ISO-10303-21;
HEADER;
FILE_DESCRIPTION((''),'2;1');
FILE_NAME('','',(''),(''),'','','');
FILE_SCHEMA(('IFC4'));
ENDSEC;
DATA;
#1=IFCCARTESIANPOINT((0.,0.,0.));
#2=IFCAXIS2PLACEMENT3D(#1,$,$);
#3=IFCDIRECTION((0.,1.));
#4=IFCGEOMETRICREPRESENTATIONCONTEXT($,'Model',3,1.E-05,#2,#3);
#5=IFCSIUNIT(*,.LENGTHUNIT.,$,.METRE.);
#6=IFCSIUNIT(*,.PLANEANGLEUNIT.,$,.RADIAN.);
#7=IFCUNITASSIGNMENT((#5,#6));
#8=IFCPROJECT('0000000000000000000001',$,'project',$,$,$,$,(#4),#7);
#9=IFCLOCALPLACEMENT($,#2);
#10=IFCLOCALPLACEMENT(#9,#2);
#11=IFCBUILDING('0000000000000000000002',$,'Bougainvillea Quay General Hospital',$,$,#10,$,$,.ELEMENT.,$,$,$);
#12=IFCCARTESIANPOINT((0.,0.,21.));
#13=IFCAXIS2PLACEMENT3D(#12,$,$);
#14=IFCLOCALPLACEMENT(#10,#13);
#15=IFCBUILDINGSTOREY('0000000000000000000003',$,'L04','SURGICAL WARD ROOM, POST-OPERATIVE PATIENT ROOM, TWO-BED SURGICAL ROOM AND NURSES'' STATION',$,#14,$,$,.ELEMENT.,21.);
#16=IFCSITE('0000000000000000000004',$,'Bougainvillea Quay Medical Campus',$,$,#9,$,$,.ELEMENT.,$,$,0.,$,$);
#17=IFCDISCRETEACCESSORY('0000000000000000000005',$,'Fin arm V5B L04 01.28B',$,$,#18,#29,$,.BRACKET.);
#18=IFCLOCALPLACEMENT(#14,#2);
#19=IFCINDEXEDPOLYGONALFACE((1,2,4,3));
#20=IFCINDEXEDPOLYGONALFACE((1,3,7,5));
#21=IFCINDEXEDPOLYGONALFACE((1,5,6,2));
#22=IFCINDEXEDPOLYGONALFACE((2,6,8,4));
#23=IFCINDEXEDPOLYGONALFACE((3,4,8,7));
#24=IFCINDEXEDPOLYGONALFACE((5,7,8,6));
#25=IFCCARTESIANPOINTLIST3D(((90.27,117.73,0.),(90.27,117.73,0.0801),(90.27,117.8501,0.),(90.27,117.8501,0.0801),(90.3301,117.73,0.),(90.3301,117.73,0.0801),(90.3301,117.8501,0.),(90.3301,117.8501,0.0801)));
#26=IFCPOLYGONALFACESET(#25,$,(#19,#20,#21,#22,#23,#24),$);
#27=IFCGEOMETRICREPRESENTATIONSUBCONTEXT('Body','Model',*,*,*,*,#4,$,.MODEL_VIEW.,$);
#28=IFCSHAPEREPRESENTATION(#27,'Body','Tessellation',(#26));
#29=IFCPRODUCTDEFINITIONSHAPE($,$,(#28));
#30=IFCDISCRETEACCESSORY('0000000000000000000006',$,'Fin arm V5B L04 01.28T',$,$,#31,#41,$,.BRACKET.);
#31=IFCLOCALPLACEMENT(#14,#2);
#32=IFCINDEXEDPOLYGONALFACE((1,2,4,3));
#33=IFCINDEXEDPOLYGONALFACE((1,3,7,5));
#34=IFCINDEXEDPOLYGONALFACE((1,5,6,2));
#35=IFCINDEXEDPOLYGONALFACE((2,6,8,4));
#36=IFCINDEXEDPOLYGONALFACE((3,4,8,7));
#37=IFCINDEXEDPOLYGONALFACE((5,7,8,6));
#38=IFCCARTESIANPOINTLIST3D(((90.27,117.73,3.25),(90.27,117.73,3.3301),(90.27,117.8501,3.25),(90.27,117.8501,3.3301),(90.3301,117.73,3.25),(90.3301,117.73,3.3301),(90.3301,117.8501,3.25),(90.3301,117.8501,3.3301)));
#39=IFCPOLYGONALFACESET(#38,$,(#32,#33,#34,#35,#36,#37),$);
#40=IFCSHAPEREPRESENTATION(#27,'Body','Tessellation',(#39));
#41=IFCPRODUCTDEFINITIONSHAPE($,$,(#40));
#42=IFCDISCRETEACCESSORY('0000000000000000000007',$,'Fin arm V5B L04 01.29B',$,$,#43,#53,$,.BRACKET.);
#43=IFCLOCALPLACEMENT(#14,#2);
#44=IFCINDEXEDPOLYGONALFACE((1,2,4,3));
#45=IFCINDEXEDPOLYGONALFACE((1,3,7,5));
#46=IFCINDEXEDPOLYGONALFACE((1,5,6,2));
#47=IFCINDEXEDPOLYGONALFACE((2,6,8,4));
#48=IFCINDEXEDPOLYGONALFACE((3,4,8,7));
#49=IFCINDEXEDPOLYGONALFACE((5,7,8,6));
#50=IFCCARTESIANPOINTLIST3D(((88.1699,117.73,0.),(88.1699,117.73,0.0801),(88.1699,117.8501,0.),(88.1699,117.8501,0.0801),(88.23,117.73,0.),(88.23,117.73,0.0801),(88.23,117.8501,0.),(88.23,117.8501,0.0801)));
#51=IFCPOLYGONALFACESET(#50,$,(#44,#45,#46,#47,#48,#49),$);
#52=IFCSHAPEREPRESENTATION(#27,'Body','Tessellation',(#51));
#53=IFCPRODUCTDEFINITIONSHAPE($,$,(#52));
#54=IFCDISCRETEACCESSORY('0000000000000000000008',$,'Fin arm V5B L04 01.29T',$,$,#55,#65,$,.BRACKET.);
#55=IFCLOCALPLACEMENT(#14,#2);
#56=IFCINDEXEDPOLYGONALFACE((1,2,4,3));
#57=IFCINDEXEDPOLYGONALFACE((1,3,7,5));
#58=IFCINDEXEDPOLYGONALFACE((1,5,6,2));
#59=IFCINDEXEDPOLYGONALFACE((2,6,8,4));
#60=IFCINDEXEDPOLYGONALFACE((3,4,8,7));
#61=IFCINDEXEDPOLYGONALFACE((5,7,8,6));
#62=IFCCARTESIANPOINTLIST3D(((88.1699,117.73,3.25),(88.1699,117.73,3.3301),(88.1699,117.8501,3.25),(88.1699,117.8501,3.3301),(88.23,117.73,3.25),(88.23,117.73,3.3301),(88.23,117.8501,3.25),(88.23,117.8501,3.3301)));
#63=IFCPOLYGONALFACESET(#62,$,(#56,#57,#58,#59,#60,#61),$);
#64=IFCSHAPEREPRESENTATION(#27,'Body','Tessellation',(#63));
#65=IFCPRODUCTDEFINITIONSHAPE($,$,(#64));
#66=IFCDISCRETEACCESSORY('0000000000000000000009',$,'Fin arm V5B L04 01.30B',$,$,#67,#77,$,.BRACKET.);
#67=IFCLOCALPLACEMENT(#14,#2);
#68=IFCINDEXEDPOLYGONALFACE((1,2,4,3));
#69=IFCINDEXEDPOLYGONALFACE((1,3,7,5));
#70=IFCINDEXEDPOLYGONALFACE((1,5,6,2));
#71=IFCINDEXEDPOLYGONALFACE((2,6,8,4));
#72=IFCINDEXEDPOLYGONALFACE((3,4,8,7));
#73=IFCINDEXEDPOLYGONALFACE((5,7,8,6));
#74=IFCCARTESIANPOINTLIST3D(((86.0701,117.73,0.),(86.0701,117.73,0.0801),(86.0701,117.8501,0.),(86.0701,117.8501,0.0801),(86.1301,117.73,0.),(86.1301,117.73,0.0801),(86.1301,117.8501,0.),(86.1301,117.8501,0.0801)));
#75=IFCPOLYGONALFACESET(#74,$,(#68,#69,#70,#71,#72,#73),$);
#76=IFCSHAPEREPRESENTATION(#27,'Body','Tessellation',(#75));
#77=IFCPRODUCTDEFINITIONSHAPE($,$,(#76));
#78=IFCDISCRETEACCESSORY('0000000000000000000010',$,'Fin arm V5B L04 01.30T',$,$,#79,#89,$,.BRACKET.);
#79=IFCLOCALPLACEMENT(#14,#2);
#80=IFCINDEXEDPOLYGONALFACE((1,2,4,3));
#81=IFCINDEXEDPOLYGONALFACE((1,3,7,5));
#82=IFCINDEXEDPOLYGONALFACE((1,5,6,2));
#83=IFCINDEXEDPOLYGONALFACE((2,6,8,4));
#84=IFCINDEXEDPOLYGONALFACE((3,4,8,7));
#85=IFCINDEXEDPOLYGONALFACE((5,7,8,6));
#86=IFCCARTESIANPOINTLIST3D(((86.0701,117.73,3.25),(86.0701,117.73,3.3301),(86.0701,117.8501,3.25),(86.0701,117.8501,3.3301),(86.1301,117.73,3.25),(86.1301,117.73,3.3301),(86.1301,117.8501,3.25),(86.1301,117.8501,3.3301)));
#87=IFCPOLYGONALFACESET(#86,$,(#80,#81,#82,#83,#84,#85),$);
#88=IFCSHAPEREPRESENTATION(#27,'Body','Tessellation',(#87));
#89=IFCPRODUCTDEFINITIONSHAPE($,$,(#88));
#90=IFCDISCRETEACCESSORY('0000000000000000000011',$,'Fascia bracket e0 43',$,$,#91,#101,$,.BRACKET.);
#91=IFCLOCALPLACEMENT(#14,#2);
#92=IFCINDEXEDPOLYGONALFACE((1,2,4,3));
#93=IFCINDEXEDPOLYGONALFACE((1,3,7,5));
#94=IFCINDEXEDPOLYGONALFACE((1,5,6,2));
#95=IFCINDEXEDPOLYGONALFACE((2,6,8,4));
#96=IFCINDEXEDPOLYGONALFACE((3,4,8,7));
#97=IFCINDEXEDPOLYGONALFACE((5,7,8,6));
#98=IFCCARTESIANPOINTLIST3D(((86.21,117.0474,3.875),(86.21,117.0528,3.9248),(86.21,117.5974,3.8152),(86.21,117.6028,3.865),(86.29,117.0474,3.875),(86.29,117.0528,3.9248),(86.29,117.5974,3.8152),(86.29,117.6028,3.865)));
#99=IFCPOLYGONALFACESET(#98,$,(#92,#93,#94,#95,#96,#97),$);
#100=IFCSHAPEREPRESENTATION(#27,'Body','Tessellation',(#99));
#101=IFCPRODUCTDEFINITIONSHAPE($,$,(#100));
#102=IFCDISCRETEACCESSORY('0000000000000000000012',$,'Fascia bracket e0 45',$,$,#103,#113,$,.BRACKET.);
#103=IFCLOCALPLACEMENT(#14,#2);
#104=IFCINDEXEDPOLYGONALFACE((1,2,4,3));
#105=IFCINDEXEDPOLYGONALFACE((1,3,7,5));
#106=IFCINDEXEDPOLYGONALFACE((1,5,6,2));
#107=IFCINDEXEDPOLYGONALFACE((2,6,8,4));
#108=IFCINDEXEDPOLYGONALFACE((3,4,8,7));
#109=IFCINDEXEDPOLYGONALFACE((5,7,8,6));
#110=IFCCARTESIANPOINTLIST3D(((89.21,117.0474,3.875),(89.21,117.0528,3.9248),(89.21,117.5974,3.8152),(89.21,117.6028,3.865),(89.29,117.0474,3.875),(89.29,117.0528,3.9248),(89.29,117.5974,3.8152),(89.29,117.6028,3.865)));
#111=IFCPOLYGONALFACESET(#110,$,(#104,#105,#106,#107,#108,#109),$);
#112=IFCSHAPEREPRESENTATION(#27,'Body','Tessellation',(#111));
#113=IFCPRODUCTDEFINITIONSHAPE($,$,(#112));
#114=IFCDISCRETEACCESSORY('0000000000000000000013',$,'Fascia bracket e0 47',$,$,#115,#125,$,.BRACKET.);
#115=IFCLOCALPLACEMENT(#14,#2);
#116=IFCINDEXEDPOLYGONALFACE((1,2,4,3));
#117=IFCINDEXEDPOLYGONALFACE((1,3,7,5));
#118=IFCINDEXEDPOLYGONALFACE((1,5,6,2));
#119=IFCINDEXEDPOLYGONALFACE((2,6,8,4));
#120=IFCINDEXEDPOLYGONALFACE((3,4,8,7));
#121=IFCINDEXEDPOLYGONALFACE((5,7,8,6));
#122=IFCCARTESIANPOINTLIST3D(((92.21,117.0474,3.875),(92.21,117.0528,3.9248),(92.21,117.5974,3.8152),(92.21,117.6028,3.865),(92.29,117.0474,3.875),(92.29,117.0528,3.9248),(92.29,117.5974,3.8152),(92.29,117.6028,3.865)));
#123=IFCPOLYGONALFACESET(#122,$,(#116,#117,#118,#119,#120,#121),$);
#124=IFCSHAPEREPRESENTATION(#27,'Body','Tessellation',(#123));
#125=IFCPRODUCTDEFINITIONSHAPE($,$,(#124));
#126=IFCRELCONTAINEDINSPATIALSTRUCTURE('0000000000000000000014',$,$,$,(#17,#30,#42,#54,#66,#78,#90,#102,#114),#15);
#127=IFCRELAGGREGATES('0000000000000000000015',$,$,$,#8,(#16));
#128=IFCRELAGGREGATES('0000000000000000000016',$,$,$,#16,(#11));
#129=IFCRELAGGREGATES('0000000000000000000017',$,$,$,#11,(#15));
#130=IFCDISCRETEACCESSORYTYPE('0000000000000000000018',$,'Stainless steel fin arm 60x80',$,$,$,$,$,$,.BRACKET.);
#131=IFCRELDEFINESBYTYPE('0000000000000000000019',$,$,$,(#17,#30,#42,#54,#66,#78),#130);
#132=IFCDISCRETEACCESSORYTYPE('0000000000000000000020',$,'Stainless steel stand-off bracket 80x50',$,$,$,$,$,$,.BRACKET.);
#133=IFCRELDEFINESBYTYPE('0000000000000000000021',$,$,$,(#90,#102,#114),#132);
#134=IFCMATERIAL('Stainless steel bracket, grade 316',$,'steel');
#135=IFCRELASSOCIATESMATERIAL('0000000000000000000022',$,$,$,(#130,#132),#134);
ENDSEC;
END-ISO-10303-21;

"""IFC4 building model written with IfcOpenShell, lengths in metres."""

from ifc_helpers import new_model, si_unit, direction, frame, origin, origin_2d, place, context, subcontext, project, spatial, rectangle, extrude, material, material_profile, profile_set, type_object, element, save


model = new_model("IFC4")

# Units and contexts
model_context = context("Model", 3, precision=1e-05, world=origin(), true_north=direction((0.0, 1.0)))
body_context = subcontext(model_context, "Body", "Model", "MODEL_VIEW")
ifc_project = project(units=[si_unit("LENGTHUNIT", "METRE"), si_unit("PLANEANGLEUNIT", "RADIAN")], contexts=[model_context])

# Site, building, storey
site_placement = place(None, origin())
site = spatial("IfcSite", under=ifc_project, at=site_placement, Name="Bougainvillea Quay Medical Campus", CompositionType="ELEMENT", RefElevation=0.0)
building_placement = place(site_placement, origin())
building = spatial("IfcBuilding", under=site, at=building_placement, Name="Bougainvillea Quay General Hospital", CompositionType="ELEMENT")
storey_placement = place(building_placement, frame((0.0, 0.0, 21.0)))
storey = spatial("IfcBuildingStorey", under=building, at=storey_placement, Name="L04", Description="SURGICAL WARD ROOM, POST-OPERATIVE PATIENT ROOM, TWO-BED SURGICAL ROOM AND NURSES' STATION", CompositionType="ELEMENT", Elevation=21.0)

# Discrete accessories
ifc_material_1 = material(Name="Stainless steel bracket, grade 316", Category="steel")
discrete_accessory_type_1 = type_object("IfcDiscreteAccessoryType", Name="Stainless steel fin arm 60x80", PredefinedType="BRACKET", material=ifc_material_1)
for number, where, z_axis, x_axis, name in (
    (1, (90.3, 117.79, 0.0), (0.0, 0.0, 1.0), (0.0, -1.0, 0.0), "Fin arm V5B L04 01.28B"),
    (2, (90.3, 117.79, 3.25), (0.0, 0.0, 1.0), (0.0, -1.0, 0.0), "Fin arm V5B L04 01.28T"),
    (3, (88.2, 117.79, 0.0), (0.0, 0.0, 1.0), (0.0, -1.0, 0.0), "Fin arm V5B L04 01.29B"),
    (4, (88.2, 117.79, 3.25), (0.0, 0.0, 1.0), (0.0, -1.0, 0.0), "Fin arm V5B L04 01.29T"),
    (5, (86.1001, 117.79, 0.0), (0.0, 0.0, 1.0), (0.0, -1.0, 0.0), "Fin arm V5B L04 01.30B"),
    (6, (86.1001, 117.79, 3.25), (0.0, 0.0, 1.0), (0.0, -1.0, 0.0), "Fin arm V5B L04 01.30T"),
):
    element("IfcDiscreteAccessory", number, at=place(storey_placement, frame(where, z_axis=z_axis, x_axis=x_axis)), inside=storey, type_object=discrete_accessory_type_1, Name=name, PredefinedType="BRACKET", context=body_context, shape_type="SweptSolid", body=[
        extrude(rectangle(XDim=0.1201, YDim=0.0601, at=origin_2d()), origin(), (0.0, 0.0, 1.0), 0.0801),
    ])
ifc_material_profile_1 = material_profile(ifc_material_1, rectangle(XDim=0.0801, YDim=0.05, at=origin_2d()))
ifc_profile_set_1 = profile_set([ifc_material_profile_1], Name="Stainless steel bracket, grade 316")
discrete_accessory_type_2 = type_object("IfcDiscreteAccessoryType", Name="Stainless steel stand-off bracket 80x50", PredefinedType="BRACKET", material=ifc_profile_set_1)
for number, where, z_axis, x_axis, name in (
    (7, (86.25, 117.6001, 3.8401), (0.0, -0.994139, 0.108107), (1.0, 0.0, 0.0), "Fascia bracket e0 43"),
    (8, (89.25, 117.6001, 3.8401), (0.0, -0.994139, 0.108107), (1.0, 0.0, 0.0), "Fascia bracket e0 45"),
    (9, (92.25, 117.6001, 3.8401), (0.0, -0.994139, 0.108107), (1.0, 0.0, 0.0), "Fascia bracket e0 47"),
):
    element("IfcDiscreteAccessory", number, at=place(storey_placement, frame(where, z_axis=z_axis, x_axis=x_axis)), inside=storey, type_object=discrete_accessory_type_2, Name=name, PredefinedType="BRACKET", context=body_context, shape_type="SweptSolid", body=[
        extrude(rectangle(XDim=0.0801, YDim=0.05, at=origin_2d()), origin(), (0.0, 0.0, 1.0), 0.5532),
    ])

save(model, "model.ifc")
